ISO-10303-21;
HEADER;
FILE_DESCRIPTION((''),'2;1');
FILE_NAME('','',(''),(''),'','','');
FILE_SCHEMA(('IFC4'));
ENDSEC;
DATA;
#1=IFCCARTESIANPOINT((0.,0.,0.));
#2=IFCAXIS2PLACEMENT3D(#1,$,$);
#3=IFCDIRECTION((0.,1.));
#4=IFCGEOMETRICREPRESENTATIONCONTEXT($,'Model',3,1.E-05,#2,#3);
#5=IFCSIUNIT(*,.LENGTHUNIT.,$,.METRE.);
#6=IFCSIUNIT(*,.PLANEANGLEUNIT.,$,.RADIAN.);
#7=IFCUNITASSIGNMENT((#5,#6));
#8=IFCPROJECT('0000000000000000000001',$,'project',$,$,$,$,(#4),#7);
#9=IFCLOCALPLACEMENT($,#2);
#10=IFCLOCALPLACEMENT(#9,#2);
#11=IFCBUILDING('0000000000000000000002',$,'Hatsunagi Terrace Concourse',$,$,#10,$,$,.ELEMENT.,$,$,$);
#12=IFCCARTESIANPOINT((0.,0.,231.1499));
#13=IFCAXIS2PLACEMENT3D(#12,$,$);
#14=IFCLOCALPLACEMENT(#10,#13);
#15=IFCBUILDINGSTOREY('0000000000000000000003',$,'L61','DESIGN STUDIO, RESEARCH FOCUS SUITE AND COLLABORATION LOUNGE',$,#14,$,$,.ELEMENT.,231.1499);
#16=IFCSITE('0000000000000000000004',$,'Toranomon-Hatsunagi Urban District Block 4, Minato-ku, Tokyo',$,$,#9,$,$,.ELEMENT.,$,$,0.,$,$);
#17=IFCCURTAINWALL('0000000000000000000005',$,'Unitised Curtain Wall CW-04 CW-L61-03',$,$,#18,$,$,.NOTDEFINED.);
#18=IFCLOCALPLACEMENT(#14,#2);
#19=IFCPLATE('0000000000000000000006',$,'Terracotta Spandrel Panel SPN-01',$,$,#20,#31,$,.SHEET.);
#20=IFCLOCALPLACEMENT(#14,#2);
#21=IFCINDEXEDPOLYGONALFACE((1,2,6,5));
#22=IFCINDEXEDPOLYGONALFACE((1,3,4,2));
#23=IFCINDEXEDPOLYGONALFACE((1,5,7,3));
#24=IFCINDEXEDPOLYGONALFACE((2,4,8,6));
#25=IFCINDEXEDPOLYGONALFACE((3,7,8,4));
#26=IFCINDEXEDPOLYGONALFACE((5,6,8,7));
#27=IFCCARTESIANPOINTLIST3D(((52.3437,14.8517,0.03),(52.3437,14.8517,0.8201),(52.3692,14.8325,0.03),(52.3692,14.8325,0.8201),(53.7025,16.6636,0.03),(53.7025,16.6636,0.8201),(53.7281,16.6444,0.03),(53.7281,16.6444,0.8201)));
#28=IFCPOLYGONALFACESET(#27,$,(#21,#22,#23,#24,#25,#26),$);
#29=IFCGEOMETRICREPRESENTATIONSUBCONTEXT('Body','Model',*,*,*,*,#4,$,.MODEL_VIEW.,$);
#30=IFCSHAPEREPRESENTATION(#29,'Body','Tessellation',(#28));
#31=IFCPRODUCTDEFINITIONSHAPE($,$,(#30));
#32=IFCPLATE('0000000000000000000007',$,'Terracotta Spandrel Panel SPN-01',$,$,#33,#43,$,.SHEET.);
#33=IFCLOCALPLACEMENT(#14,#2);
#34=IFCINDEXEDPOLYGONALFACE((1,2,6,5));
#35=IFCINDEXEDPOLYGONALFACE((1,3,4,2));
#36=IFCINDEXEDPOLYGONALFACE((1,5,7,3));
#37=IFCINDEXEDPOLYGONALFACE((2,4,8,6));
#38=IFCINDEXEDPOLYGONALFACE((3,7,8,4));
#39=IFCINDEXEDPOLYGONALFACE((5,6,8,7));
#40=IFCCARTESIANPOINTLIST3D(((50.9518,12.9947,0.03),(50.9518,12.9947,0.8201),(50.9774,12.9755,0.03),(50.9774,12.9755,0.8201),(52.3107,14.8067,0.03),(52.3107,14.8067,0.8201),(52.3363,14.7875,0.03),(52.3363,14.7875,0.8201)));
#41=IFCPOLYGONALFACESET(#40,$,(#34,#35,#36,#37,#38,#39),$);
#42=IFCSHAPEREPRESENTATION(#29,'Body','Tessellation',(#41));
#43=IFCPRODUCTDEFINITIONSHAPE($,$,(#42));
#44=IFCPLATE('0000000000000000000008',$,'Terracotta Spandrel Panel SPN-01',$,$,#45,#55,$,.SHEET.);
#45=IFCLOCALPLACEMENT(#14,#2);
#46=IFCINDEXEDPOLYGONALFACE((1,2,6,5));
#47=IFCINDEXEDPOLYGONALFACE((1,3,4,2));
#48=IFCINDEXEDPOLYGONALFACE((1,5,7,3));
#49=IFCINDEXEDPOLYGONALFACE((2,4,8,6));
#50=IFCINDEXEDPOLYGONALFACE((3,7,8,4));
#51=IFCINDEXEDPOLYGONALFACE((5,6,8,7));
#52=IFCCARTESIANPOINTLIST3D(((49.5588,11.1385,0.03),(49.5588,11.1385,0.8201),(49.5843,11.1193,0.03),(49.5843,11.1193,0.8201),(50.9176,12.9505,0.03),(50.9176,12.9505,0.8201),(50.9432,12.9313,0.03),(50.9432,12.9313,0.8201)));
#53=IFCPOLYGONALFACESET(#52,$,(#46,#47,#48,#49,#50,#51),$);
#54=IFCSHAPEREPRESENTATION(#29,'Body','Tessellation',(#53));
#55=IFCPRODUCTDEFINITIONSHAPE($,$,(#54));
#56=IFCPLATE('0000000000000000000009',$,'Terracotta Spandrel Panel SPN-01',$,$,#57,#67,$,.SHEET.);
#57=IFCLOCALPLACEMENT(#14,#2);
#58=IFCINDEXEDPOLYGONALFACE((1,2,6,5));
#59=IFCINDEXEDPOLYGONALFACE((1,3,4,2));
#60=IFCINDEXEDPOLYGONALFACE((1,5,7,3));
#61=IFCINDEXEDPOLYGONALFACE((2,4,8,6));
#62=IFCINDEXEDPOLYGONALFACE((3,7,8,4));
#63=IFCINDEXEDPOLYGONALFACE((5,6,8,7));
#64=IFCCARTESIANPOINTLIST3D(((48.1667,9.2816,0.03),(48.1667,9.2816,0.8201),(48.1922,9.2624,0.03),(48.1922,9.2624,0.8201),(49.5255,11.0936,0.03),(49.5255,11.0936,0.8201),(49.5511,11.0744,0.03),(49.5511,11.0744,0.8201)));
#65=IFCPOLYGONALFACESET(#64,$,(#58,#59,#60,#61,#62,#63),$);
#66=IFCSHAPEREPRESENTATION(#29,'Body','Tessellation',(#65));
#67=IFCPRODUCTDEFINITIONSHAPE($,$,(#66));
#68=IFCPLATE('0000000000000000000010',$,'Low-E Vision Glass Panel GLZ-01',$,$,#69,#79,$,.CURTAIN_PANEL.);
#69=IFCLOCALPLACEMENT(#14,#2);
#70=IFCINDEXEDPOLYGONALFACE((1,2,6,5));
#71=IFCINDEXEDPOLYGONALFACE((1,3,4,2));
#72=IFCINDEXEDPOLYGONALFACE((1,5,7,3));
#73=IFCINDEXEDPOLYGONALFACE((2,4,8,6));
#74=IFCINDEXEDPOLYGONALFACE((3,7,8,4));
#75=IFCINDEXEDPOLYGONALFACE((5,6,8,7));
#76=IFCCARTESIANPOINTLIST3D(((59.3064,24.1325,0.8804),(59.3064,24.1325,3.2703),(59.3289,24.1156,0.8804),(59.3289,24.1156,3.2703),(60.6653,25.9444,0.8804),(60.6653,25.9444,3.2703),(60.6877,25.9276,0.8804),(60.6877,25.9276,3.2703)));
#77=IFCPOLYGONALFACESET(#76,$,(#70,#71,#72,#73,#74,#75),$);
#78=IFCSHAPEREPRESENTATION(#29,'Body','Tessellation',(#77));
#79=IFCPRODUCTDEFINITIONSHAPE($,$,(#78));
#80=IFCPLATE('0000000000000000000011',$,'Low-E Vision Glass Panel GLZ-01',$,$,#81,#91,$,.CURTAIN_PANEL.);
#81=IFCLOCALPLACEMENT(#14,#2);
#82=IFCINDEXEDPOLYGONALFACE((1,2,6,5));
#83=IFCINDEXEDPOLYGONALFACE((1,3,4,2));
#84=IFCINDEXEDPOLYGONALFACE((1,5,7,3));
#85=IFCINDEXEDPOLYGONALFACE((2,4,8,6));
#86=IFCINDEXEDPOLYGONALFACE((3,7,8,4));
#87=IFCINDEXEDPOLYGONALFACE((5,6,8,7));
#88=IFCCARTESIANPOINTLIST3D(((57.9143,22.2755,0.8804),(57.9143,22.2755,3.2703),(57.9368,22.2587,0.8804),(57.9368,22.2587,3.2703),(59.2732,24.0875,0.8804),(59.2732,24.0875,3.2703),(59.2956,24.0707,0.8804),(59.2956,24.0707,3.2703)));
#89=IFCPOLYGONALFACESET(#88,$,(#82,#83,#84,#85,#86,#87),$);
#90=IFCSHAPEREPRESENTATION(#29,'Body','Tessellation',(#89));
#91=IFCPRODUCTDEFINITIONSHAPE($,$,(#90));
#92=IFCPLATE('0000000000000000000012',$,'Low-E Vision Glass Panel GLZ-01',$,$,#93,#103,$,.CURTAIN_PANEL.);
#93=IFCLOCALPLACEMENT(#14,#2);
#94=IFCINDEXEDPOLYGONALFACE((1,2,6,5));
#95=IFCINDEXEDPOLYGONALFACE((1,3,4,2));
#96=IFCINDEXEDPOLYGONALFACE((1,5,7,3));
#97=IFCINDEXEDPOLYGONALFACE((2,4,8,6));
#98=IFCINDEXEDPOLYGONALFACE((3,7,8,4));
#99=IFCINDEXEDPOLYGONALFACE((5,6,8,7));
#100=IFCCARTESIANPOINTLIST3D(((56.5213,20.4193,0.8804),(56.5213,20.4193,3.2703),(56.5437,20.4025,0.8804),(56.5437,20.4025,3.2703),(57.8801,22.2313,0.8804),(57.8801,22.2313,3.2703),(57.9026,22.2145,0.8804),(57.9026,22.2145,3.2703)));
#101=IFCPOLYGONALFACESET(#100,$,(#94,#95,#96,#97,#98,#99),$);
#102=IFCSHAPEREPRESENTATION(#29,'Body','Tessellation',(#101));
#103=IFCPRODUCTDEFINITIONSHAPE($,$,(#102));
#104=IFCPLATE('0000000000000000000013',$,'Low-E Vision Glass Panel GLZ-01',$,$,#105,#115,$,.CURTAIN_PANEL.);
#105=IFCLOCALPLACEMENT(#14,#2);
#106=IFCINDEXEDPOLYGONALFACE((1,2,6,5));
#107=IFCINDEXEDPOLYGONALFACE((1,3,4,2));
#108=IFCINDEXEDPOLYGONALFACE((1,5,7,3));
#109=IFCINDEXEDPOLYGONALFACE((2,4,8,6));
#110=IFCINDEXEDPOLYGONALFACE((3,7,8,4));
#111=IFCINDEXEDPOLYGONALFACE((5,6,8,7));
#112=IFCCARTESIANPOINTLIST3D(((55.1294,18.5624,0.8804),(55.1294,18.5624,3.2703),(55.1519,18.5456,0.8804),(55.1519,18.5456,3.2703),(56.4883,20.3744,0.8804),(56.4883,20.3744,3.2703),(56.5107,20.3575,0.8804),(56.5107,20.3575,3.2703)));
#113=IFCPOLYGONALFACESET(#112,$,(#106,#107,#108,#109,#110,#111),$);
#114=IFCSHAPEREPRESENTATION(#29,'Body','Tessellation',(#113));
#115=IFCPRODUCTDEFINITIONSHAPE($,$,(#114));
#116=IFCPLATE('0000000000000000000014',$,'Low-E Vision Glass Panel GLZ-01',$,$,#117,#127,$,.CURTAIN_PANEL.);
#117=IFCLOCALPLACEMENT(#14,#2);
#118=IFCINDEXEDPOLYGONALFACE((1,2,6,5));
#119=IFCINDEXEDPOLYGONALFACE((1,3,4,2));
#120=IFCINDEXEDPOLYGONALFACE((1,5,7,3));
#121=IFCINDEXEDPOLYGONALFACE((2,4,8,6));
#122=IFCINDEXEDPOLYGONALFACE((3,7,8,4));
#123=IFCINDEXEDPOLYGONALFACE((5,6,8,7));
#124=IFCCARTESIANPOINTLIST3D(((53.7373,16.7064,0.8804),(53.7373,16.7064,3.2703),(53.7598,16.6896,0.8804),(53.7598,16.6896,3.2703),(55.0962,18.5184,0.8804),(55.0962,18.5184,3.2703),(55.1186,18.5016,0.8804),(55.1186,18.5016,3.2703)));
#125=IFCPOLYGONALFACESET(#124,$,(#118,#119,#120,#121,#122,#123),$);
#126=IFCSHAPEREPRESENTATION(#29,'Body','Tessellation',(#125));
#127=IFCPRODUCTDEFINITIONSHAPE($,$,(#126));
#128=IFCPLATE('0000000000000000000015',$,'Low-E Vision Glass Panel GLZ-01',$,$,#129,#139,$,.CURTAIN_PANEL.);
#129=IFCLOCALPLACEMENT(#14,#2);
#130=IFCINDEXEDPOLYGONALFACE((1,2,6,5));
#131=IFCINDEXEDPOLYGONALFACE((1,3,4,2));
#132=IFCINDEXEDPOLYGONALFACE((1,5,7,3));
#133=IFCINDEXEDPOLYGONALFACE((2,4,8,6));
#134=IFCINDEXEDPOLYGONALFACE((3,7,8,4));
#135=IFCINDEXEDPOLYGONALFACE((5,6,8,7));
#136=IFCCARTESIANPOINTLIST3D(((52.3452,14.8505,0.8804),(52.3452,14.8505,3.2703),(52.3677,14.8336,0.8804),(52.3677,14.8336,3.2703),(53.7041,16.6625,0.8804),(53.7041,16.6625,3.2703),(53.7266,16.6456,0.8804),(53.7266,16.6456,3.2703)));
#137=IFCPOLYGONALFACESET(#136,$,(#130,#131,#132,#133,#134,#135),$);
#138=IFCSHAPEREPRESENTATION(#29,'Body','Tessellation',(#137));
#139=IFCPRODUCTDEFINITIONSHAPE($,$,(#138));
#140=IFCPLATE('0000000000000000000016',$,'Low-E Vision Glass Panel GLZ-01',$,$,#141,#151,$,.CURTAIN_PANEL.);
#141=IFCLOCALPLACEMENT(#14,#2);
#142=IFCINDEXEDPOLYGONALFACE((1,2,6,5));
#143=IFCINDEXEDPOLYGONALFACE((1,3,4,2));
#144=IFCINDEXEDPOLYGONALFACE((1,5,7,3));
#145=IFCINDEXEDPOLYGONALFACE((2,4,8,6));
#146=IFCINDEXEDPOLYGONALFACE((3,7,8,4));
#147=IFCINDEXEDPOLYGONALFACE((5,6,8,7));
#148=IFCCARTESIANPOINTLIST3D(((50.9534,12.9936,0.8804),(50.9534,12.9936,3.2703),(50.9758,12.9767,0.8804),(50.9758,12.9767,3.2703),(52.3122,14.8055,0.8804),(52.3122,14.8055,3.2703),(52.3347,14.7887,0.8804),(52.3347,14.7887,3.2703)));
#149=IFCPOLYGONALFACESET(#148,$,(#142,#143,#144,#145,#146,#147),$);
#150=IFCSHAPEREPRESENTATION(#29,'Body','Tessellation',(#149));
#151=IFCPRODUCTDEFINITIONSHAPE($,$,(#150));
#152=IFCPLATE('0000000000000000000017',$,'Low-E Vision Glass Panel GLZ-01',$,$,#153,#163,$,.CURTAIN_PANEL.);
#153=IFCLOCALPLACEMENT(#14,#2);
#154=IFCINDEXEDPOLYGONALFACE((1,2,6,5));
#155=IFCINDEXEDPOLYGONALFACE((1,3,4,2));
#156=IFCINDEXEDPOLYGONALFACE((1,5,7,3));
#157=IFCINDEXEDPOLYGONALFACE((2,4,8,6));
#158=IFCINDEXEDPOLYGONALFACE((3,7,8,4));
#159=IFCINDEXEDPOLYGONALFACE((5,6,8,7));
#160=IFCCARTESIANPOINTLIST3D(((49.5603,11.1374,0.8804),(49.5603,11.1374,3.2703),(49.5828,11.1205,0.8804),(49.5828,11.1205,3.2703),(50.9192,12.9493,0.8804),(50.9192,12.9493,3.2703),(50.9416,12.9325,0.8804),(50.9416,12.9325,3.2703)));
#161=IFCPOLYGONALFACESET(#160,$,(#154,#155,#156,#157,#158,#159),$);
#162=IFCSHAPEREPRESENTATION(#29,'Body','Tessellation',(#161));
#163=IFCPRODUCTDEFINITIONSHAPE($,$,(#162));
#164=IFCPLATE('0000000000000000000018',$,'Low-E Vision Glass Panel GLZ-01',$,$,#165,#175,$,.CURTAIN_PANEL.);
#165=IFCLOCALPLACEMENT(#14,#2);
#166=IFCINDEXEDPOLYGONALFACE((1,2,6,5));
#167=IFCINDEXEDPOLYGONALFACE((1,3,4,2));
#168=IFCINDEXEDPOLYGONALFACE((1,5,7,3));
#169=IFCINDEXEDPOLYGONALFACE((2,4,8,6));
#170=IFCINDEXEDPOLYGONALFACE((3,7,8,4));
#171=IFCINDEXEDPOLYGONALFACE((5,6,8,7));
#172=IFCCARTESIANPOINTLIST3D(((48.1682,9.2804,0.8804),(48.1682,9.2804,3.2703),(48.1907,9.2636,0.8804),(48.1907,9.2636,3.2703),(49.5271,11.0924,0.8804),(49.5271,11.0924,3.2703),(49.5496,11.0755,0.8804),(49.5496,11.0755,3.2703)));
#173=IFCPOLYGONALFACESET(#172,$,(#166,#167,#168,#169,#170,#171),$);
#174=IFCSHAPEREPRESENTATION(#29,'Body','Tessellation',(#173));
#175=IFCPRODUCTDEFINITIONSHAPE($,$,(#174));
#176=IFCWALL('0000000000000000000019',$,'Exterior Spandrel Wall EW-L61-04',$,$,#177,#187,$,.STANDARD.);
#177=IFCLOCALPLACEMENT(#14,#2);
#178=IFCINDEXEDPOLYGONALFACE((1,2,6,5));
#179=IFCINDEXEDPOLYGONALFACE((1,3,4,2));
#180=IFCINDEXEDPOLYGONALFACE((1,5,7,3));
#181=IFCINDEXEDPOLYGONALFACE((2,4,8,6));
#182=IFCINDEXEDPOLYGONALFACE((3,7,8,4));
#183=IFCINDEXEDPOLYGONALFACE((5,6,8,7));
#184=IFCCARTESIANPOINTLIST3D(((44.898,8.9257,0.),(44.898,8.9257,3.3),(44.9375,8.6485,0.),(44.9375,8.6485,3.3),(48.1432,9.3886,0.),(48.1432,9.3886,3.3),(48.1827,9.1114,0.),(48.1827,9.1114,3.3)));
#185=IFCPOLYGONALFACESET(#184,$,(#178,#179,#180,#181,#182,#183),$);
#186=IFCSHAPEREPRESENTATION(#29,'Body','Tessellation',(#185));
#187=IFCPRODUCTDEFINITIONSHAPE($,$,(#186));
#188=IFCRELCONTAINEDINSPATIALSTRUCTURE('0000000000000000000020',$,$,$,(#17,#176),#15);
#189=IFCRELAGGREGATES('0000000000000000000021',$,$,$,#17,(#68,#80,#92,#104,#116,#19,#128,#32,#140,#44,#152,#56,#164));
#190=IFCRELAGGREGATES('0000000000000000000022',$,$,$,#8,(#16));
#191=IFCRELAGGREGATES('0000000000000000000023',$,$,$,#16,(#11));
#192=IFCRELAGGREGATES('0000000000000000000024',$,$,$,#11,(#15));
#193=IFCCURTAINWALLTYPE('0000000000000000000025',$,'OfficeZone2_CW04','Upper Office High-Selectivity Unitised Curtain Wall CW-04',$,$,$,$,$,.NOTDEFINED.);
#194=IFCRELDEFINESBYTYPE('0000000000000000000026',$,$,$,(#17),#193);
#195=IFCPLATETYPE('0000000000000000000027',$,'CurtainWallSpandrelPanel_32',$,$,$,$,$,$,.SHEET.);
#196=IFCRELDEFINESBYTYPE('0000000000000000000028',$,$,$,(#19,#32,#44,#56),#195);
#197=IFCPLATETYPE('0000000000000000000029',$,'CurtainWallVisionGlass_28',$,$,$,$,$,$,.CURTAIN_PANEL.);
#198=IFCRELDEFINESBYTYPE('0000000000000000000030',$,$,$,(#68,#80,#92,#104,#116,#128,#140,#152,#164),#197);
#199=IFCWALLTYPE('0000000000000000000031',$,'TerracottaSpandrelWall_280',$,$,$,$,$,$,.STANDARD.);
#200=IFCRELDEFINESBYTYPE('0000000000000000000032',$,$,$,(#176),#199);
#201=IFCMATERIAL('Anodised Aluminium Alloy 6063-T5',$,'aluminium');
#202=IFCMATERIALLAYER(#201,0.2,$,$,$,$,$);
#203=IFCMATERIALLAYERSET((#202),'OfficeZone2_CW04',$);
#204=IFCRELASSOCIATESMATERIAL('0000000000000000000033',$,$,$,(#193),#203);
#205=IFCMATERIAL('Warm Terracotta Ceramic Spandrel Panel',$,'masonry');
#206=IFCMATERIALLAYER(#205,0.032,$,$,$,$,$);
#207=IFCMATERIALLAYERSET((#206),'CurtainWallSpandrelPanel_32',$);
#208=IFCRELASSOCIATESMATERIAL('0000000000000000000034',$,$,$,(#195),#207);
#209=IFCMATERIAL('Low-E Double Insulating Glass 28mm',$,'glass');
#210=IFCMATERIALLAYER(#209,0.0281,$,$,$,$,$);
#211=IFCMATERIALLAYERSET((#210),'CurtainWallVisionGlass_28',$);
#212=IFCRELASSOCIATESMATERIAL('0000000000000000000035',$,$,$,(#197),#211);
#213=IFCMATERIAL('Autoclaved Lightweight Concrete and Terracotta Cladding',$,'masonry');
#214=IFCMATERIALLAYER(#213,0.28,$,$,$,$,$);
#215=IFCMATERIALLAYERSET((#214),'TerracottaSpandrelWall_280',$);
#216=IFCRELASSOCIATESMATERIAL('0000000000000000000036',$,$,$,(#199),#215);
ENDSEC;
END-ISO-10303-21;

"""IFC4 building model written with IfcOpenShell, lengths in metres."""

from ifc_helpers import new_model, si_unit, direction, frame, frame_2d, origin, origin_2d, place, context, subcontext, project, spatial, rectangle, extrude, material, layer, layer_set, type_object, element, aggregate, save


model = new_model("IFC4")

# Units and contexts
model_context = context("Model", 3, precision=1e-05, world=origin(), true_north=direction((0.0, 1.0)))
body_context = subcontext(model_context, "Body", "Model", "MODEL_VIEW")
ifc_project = project(units=[si_unit("LENGTHUNIT", "METRE"), si_unit("PLANEANGLEUNIT", "RADIAN")], contexts=[model_context])

# Site, building, storey
site_placement = place(None, origin())
site = spatial("IfcSite", under=ifc_project, at=site_placement, Name="Toranomon-Hatsunagi Urban District Block 4, Minato-ku, Tokyo", CompositionType="ELEMENT", RefElevation=0.0)
building_placement = place(site_placement, origin())
building = spatial("IfcBuilding", under=site, at=building_placement, Name="Hatsunagi Terrace Concourse", CompositionType="ELEMENT")
storey_placement = place(building_placement, frame((0.0, 0.0, 231.1499)))
storey = spatial("IfcBuildingStorey", under=building, at=storey_placement, Name="L61", Description="DESIGN STUDIO, RESEARCH FOCUS SUITE AND COLLABORATION LOUNGE", CompositionType="ELEMENT", Elevation=231.1499)

# Curtain wall
ifc_material_1 = material(Name="Anodised Aluminium Alloy 6063-T5", Category="aluminium")
ifc_layer_1 = layer(ifc_material_1, 0.2)
ifc_layer_set_1 = layer_set([ifc_layer_1], Name="OfficeZone2_CW04")
curtain_wall_type = type_object("IfcCurtainWallType", Name="OfficeZone2_CW04", Description="Upper Office High-Selectivity Unitised Curtain Wall CW-04", PredefinedType="NOTDEFINED", material=ifc_layer_set_1)
curtain_wall_placement = place(storey_placement, origin())
curtain_wall = element("IfcCurtainWall", 1, at=curtain_wall_placement, inside=storey, type_object=curtain_wall_type, Name="Unitised Curtain Wall CW-04 CW-L61-03", PredefinedType="NOTDEFINED")

# Plates
ifc_material_2 = material(Name="Warm Terracotta Ceramic Spandrel Panel", Category="masonry")
ifc_layer_2 = layer(ifc_material_2, 0.032)
ifc_layer_set_2 = layer_set([ifc_layer_2], Name="CurtainWallSpandrelPanel_32")
plate_type_1 = type_object("IfcPlateType", Name="CurtainWallSpandrelPanel_32", PredefinedType="SHEET", material=ifc_layer_set_2)
plate_1_placement = place(storey_placement, frame((53.0359, 15.748, 0.03), z_axis=(0.0, 0.0, 1.0), x_axis=(-0.599969, -0.800023, 0.0)))
plate_1 = element("IfcPlate", 2, at=plate_1_placement, type_object=plate_type_1, Name="Terracotta Spandrel Panel SPN-01", PredefinedType="SHEET", context=body_context, shape_type="SweptSolid", body=[
    extrude(rectangle(XDim=2.2649, YDim=0.032, at=origin_2d()), origin(), (0.0, 0.0, 1.0), 0.79),
])
plate_2_placement = place(storey_placement, frame((51.644, 13.8911, 0.03), z_axis=(0.0, 0.0, 1.0), x_axis=(-0.599969, -0.800023, 0.0)))
plate_2 = element("IfcPlate", 3, at=plate_2_placement, type_object=plate_type_1, Name="Terracotta Spandrel Panel SPN-01", PredefinedType="SHEET", context=body_context, shape_type="SweptSolid", body=[
    extrude(rectangle(XDim=2.2649, YDim=0.032, at=origin_2d()), origin(), (0.0, 0.0, 1.0), 0.79),
])
plate_3_placement = place(storey_placement, frame((50.251, 12.0349, 0.03), z_axis=(0.0, 0.0, 1.0), x_axis=(-0.599969, -0.800023, 0.0)))
plate_3 = element("IfcPlate", 4, at=plate_3_placement, type_object=plate_type_1, Name="Terracotta Spandrel Panel SPN-01", PredefinedType="SHEET", context=body_context, shape_type="SweptSolid", body=[
    extrude(rectangle(XDim=2.2649, YDim=0.032, at=origin_2d()), origin(), (0.0, 0.0, 1.0), 0.79),
])
plate_4_placement = place(storey_placement, frame((48.8589, 10.178, 0.03), z_axis=(0.0, 0.0, 1.0), x_axis=(-0.599969, -0.800023, 0.0)))
plate_4 = element("IfcPlate", 5, at=plate_4_placement, type_object=plate_type_1, Name="Terracotta Spandrel Panel SPN-01", PredefinedType="SHEET", context=body_context, shape_type="SweptSolid", body=[
    extrude(rectangle(XDim=2.2649, YDim=0.032, at=origin_2d()), origin(), (0.0, 0.0, 1.0), 0.79),
])
ifc_material_3 = material(Name="Low-E Double Insulating Glass 28mm", Category="glass")
ifc_layer_3 = layer(ifc_material_3, 0.0281)
ifc_layer_set_3 = layer_set([ifc_layer_3], Name="CurtainWallVisionGlass_28")
plate_type_2 = type_object("IfcPlateType", Name="CurtainWallVisionGlass_28", PredefinedType="CURTAIN_PANEL", material=ifc_layer_set_3)
plate_5_placement = place(storey_placement, frame((59.9971, 25.03, 0.8804), z_axis=(0.0, 0.0, 1.0), x_axis=(-0.599969, -0.800023, 0.0)))
plate_5 = element("IfcPlate", 6, at=plate_5_placement, type_object=plate_type_2, Name="Low-E Vision Glass Panel GLZ-01", PredefinedType="CURTAIN_PANEL", context=body_context, shape_type="SweptSolid", body=[
    extrude(rectangle(XDim=2.2649, YDim=0.0281, at=origin_2d()), origin(), (0.0, 0.0, 1.0), 2.3899),
])
plate_6_placement = place(storey_placement, frame((58.605, 23.1731, 0.8804), z_axis=(0.0, 0.0, 1.0), x_axis=(-0.599969, -0.800023, 0.0)))
plate_6 = element("IfcPlate", 7, at=plate_6_placement, type_object=plate_type_2, Name="Low-E Vision Glass Panel GLZ-01", PredefinedType="CURTAIN_PANEL", context=body_context, shape_type="SweptSolid", body=[
    extrude(rectangle(XDim=2.2649, YDim=0.0281, at=origin_2d()), origin(), (0.0, 0.0, 1.0), 2.3899),
])
plate_7_placement = place(storey_placement, frame((57.2119, 21.3169, 0.8804), z_axis=(0.0, 0.0, 1.0), x_axis=(-0.599969, -0.800023, 0.0)))
plate_7 = element("IfcPlate", 8, at=plate_7_placement, type_object=plate_type_2, Name="Low-E Vision Glass Panel GLZ-01", PredefinedType="CURTAIN_PANEL", context=body_context, shape_type="SweptSolid", body=[
    extrude(rectangle(XDim=2.2649, YDim=0.0281, at=origin_2d()), origin(), (0.0, 0.0, 1.0), 2.3899),
])
plate_8_placement = place(storey_placement, frame((55.8201, 19.46, 0.8804), z_axis=(0.0, 0.0, 1.0), x_axis=(-0.599969, -0.800023, 0.0)))
plate_8 = element("IfcPlate", 9, at=plate_8_placement, type_object=plate_type_2, Name="Low-E Vision Glass Panel GLZ-01", PredefinedType="CURTAIN_PANEL", context=body_context, shape_type="SweptSolid", body=[
    extrude(rectangle(XDim=2.2649, YDim=0.0281, at=origin_2d()), origin(), (0.0, 0.0, 1.0), 2.3899),
])
plate_9_placement = place(storey_placement, frame((54.428, 17.604, 0.8804), z_axis=(0.0, 0.0, 1.0), x_axis=(-0.599969, -0.800023, 0.0)))
plate_9 = element("IfcPlate", 10, at=plate_9_placement, type_object=plate_type_2, Name="Low-E Vision Glass Panel GLZ-01", PredefinedType="CURTAIN_PANEL", context=body_context, shape_type="SweptSolid", body=[
    extrude(rectangle(XDim=2.2649, YDim=0.0281, at=origin_2d()), origin(), (0.0, 0.0, 1.0), 2.3899),
])
plate_10_placement = place(storey_placement, frame((53.0359, 15.748, 0.8804), z_axis=(0.0, 0.0, 1.0), x_axis=(-0.599969, -0.800023, 0.0)))
plate_10 = element("IfcPlate", 11, at=plate_10_placement, type_object=plate_type_2, Name="Low-E Vision Glass Panel GLZ-01", PredefinedType="CURTAIN_PANEL", context=body_context, shape_type="SweptSolid", body=[
    extrude(rectangle(XDim=2.2649, YDim=0.0281, at=origin_2d()), origin(), (0.0, 0.0, 1.0), 2.3899),
])
plate_11_placement = place(storey_placement, frame((51.644, 13.8911, 0.8804), z_axis=(0.0, 0.0, 1.0), x_axis=(-0.599969, -0.800023, 0.0)))
plate_11 = element("IfcPlate", 12, at=plate_11_placement, type_object=plate_type_2, Name="Low-E Vision Glass Panel GLZ-01", PredefinedType="CURTAIN_PANEL", context=body_context, shape_type="SweptSolid", body=[
    extrude(rectangle(XDim=2.2649, YDim=0.0281, at=origin_2d()), origin(), (0.0, 0.0, 1.0), 2.3899),
])
plate_12_placement = place(storey_placement, frame((50.251, 12.0349, 0.8804), z_axis=(0.0, 0.0, 1.0), x_axis=(-0.599969, -0.800023, 0.0)))
plate_12 = element("IfcPlate", 13, at=plate_12_placement, type_object=plate_type_2, Name="Low-E Vision Glass Panel GLZ-01", PredefinedType="CURTAIN_PANEL", context=body_context, shape_type="SweptSolid", body=[
    extrude(rectangle(XDim=2.2649, YDim=0.0281, at=origin_2d()), origin(), (0.0, 0.0, 1.0), 2.3899),
])
plate_13_placement = place(storey_placement, frame((48.8589, 10.178, 0.8804), z_axis=(0.0, 0.0, 1.0), x_axis=(-0.599969, -0.800023, 0.0)))
plate_13 = element("IfcPlate", 14, at=plate_13_placement, type_object=plate_type_2, Name="Low-E Vision Glass Panel GLZ-01", PredefinedType="CURTAIN_PANEL", context=body_context, shape_type="SweptSolid", body=[
    extrude(rectangle(XDim=2.2649, YDim=0.0281, at=origin_2d()), origin(), (0.0, 0.0, 1.0), 2.3899),
])
aggregate(curtain_wall, [plate_5, plate_6, plate_7, plate_8, plate_9, plate_1, plate_10, plate_2, plate_11, plate_3, plate_12, plate_4, plate_13])

# Wall
ifc_material_4 = material(Name="Autoclaved Lightweight Concrete and Terracotta Cladding", Category="masonry")
ifc_layer_4 = layer(ifc_material_4, 0.28)
ifc_layer_set_4 = layer_set([ifc_layer_4], Name="TerracottaSpandrelWall_280")
wall_type = type_object("IfcWallType", Name="TerracottaSpandrelWall_280", PredefinedType="STANDARD", material=ifc_layer_set_4)
wall_placement = place(storey_placement, frame((48.1631, 9.25, 0.0), z_axis=(0.0, 0.0, 1.0), x_axis=(-0.989979, -0.141213, 0.0)))
element("IfcWall", 15, at=wall_placement, inside=storey, type_object=wall_type, Name="Exterior Spandrel Wall EW-L61-04", PredefinedType="STANDARD", context=body_context, shape_type="SweptSolid", body=[
    extrude(rectangle(XDim=3.2781, YDim=0.28, at=frame_2d((1.6392, 0.0))), origin(), (0.0, 0.0, 1.0), 3.3),
])

save(model, "model.ifc")
